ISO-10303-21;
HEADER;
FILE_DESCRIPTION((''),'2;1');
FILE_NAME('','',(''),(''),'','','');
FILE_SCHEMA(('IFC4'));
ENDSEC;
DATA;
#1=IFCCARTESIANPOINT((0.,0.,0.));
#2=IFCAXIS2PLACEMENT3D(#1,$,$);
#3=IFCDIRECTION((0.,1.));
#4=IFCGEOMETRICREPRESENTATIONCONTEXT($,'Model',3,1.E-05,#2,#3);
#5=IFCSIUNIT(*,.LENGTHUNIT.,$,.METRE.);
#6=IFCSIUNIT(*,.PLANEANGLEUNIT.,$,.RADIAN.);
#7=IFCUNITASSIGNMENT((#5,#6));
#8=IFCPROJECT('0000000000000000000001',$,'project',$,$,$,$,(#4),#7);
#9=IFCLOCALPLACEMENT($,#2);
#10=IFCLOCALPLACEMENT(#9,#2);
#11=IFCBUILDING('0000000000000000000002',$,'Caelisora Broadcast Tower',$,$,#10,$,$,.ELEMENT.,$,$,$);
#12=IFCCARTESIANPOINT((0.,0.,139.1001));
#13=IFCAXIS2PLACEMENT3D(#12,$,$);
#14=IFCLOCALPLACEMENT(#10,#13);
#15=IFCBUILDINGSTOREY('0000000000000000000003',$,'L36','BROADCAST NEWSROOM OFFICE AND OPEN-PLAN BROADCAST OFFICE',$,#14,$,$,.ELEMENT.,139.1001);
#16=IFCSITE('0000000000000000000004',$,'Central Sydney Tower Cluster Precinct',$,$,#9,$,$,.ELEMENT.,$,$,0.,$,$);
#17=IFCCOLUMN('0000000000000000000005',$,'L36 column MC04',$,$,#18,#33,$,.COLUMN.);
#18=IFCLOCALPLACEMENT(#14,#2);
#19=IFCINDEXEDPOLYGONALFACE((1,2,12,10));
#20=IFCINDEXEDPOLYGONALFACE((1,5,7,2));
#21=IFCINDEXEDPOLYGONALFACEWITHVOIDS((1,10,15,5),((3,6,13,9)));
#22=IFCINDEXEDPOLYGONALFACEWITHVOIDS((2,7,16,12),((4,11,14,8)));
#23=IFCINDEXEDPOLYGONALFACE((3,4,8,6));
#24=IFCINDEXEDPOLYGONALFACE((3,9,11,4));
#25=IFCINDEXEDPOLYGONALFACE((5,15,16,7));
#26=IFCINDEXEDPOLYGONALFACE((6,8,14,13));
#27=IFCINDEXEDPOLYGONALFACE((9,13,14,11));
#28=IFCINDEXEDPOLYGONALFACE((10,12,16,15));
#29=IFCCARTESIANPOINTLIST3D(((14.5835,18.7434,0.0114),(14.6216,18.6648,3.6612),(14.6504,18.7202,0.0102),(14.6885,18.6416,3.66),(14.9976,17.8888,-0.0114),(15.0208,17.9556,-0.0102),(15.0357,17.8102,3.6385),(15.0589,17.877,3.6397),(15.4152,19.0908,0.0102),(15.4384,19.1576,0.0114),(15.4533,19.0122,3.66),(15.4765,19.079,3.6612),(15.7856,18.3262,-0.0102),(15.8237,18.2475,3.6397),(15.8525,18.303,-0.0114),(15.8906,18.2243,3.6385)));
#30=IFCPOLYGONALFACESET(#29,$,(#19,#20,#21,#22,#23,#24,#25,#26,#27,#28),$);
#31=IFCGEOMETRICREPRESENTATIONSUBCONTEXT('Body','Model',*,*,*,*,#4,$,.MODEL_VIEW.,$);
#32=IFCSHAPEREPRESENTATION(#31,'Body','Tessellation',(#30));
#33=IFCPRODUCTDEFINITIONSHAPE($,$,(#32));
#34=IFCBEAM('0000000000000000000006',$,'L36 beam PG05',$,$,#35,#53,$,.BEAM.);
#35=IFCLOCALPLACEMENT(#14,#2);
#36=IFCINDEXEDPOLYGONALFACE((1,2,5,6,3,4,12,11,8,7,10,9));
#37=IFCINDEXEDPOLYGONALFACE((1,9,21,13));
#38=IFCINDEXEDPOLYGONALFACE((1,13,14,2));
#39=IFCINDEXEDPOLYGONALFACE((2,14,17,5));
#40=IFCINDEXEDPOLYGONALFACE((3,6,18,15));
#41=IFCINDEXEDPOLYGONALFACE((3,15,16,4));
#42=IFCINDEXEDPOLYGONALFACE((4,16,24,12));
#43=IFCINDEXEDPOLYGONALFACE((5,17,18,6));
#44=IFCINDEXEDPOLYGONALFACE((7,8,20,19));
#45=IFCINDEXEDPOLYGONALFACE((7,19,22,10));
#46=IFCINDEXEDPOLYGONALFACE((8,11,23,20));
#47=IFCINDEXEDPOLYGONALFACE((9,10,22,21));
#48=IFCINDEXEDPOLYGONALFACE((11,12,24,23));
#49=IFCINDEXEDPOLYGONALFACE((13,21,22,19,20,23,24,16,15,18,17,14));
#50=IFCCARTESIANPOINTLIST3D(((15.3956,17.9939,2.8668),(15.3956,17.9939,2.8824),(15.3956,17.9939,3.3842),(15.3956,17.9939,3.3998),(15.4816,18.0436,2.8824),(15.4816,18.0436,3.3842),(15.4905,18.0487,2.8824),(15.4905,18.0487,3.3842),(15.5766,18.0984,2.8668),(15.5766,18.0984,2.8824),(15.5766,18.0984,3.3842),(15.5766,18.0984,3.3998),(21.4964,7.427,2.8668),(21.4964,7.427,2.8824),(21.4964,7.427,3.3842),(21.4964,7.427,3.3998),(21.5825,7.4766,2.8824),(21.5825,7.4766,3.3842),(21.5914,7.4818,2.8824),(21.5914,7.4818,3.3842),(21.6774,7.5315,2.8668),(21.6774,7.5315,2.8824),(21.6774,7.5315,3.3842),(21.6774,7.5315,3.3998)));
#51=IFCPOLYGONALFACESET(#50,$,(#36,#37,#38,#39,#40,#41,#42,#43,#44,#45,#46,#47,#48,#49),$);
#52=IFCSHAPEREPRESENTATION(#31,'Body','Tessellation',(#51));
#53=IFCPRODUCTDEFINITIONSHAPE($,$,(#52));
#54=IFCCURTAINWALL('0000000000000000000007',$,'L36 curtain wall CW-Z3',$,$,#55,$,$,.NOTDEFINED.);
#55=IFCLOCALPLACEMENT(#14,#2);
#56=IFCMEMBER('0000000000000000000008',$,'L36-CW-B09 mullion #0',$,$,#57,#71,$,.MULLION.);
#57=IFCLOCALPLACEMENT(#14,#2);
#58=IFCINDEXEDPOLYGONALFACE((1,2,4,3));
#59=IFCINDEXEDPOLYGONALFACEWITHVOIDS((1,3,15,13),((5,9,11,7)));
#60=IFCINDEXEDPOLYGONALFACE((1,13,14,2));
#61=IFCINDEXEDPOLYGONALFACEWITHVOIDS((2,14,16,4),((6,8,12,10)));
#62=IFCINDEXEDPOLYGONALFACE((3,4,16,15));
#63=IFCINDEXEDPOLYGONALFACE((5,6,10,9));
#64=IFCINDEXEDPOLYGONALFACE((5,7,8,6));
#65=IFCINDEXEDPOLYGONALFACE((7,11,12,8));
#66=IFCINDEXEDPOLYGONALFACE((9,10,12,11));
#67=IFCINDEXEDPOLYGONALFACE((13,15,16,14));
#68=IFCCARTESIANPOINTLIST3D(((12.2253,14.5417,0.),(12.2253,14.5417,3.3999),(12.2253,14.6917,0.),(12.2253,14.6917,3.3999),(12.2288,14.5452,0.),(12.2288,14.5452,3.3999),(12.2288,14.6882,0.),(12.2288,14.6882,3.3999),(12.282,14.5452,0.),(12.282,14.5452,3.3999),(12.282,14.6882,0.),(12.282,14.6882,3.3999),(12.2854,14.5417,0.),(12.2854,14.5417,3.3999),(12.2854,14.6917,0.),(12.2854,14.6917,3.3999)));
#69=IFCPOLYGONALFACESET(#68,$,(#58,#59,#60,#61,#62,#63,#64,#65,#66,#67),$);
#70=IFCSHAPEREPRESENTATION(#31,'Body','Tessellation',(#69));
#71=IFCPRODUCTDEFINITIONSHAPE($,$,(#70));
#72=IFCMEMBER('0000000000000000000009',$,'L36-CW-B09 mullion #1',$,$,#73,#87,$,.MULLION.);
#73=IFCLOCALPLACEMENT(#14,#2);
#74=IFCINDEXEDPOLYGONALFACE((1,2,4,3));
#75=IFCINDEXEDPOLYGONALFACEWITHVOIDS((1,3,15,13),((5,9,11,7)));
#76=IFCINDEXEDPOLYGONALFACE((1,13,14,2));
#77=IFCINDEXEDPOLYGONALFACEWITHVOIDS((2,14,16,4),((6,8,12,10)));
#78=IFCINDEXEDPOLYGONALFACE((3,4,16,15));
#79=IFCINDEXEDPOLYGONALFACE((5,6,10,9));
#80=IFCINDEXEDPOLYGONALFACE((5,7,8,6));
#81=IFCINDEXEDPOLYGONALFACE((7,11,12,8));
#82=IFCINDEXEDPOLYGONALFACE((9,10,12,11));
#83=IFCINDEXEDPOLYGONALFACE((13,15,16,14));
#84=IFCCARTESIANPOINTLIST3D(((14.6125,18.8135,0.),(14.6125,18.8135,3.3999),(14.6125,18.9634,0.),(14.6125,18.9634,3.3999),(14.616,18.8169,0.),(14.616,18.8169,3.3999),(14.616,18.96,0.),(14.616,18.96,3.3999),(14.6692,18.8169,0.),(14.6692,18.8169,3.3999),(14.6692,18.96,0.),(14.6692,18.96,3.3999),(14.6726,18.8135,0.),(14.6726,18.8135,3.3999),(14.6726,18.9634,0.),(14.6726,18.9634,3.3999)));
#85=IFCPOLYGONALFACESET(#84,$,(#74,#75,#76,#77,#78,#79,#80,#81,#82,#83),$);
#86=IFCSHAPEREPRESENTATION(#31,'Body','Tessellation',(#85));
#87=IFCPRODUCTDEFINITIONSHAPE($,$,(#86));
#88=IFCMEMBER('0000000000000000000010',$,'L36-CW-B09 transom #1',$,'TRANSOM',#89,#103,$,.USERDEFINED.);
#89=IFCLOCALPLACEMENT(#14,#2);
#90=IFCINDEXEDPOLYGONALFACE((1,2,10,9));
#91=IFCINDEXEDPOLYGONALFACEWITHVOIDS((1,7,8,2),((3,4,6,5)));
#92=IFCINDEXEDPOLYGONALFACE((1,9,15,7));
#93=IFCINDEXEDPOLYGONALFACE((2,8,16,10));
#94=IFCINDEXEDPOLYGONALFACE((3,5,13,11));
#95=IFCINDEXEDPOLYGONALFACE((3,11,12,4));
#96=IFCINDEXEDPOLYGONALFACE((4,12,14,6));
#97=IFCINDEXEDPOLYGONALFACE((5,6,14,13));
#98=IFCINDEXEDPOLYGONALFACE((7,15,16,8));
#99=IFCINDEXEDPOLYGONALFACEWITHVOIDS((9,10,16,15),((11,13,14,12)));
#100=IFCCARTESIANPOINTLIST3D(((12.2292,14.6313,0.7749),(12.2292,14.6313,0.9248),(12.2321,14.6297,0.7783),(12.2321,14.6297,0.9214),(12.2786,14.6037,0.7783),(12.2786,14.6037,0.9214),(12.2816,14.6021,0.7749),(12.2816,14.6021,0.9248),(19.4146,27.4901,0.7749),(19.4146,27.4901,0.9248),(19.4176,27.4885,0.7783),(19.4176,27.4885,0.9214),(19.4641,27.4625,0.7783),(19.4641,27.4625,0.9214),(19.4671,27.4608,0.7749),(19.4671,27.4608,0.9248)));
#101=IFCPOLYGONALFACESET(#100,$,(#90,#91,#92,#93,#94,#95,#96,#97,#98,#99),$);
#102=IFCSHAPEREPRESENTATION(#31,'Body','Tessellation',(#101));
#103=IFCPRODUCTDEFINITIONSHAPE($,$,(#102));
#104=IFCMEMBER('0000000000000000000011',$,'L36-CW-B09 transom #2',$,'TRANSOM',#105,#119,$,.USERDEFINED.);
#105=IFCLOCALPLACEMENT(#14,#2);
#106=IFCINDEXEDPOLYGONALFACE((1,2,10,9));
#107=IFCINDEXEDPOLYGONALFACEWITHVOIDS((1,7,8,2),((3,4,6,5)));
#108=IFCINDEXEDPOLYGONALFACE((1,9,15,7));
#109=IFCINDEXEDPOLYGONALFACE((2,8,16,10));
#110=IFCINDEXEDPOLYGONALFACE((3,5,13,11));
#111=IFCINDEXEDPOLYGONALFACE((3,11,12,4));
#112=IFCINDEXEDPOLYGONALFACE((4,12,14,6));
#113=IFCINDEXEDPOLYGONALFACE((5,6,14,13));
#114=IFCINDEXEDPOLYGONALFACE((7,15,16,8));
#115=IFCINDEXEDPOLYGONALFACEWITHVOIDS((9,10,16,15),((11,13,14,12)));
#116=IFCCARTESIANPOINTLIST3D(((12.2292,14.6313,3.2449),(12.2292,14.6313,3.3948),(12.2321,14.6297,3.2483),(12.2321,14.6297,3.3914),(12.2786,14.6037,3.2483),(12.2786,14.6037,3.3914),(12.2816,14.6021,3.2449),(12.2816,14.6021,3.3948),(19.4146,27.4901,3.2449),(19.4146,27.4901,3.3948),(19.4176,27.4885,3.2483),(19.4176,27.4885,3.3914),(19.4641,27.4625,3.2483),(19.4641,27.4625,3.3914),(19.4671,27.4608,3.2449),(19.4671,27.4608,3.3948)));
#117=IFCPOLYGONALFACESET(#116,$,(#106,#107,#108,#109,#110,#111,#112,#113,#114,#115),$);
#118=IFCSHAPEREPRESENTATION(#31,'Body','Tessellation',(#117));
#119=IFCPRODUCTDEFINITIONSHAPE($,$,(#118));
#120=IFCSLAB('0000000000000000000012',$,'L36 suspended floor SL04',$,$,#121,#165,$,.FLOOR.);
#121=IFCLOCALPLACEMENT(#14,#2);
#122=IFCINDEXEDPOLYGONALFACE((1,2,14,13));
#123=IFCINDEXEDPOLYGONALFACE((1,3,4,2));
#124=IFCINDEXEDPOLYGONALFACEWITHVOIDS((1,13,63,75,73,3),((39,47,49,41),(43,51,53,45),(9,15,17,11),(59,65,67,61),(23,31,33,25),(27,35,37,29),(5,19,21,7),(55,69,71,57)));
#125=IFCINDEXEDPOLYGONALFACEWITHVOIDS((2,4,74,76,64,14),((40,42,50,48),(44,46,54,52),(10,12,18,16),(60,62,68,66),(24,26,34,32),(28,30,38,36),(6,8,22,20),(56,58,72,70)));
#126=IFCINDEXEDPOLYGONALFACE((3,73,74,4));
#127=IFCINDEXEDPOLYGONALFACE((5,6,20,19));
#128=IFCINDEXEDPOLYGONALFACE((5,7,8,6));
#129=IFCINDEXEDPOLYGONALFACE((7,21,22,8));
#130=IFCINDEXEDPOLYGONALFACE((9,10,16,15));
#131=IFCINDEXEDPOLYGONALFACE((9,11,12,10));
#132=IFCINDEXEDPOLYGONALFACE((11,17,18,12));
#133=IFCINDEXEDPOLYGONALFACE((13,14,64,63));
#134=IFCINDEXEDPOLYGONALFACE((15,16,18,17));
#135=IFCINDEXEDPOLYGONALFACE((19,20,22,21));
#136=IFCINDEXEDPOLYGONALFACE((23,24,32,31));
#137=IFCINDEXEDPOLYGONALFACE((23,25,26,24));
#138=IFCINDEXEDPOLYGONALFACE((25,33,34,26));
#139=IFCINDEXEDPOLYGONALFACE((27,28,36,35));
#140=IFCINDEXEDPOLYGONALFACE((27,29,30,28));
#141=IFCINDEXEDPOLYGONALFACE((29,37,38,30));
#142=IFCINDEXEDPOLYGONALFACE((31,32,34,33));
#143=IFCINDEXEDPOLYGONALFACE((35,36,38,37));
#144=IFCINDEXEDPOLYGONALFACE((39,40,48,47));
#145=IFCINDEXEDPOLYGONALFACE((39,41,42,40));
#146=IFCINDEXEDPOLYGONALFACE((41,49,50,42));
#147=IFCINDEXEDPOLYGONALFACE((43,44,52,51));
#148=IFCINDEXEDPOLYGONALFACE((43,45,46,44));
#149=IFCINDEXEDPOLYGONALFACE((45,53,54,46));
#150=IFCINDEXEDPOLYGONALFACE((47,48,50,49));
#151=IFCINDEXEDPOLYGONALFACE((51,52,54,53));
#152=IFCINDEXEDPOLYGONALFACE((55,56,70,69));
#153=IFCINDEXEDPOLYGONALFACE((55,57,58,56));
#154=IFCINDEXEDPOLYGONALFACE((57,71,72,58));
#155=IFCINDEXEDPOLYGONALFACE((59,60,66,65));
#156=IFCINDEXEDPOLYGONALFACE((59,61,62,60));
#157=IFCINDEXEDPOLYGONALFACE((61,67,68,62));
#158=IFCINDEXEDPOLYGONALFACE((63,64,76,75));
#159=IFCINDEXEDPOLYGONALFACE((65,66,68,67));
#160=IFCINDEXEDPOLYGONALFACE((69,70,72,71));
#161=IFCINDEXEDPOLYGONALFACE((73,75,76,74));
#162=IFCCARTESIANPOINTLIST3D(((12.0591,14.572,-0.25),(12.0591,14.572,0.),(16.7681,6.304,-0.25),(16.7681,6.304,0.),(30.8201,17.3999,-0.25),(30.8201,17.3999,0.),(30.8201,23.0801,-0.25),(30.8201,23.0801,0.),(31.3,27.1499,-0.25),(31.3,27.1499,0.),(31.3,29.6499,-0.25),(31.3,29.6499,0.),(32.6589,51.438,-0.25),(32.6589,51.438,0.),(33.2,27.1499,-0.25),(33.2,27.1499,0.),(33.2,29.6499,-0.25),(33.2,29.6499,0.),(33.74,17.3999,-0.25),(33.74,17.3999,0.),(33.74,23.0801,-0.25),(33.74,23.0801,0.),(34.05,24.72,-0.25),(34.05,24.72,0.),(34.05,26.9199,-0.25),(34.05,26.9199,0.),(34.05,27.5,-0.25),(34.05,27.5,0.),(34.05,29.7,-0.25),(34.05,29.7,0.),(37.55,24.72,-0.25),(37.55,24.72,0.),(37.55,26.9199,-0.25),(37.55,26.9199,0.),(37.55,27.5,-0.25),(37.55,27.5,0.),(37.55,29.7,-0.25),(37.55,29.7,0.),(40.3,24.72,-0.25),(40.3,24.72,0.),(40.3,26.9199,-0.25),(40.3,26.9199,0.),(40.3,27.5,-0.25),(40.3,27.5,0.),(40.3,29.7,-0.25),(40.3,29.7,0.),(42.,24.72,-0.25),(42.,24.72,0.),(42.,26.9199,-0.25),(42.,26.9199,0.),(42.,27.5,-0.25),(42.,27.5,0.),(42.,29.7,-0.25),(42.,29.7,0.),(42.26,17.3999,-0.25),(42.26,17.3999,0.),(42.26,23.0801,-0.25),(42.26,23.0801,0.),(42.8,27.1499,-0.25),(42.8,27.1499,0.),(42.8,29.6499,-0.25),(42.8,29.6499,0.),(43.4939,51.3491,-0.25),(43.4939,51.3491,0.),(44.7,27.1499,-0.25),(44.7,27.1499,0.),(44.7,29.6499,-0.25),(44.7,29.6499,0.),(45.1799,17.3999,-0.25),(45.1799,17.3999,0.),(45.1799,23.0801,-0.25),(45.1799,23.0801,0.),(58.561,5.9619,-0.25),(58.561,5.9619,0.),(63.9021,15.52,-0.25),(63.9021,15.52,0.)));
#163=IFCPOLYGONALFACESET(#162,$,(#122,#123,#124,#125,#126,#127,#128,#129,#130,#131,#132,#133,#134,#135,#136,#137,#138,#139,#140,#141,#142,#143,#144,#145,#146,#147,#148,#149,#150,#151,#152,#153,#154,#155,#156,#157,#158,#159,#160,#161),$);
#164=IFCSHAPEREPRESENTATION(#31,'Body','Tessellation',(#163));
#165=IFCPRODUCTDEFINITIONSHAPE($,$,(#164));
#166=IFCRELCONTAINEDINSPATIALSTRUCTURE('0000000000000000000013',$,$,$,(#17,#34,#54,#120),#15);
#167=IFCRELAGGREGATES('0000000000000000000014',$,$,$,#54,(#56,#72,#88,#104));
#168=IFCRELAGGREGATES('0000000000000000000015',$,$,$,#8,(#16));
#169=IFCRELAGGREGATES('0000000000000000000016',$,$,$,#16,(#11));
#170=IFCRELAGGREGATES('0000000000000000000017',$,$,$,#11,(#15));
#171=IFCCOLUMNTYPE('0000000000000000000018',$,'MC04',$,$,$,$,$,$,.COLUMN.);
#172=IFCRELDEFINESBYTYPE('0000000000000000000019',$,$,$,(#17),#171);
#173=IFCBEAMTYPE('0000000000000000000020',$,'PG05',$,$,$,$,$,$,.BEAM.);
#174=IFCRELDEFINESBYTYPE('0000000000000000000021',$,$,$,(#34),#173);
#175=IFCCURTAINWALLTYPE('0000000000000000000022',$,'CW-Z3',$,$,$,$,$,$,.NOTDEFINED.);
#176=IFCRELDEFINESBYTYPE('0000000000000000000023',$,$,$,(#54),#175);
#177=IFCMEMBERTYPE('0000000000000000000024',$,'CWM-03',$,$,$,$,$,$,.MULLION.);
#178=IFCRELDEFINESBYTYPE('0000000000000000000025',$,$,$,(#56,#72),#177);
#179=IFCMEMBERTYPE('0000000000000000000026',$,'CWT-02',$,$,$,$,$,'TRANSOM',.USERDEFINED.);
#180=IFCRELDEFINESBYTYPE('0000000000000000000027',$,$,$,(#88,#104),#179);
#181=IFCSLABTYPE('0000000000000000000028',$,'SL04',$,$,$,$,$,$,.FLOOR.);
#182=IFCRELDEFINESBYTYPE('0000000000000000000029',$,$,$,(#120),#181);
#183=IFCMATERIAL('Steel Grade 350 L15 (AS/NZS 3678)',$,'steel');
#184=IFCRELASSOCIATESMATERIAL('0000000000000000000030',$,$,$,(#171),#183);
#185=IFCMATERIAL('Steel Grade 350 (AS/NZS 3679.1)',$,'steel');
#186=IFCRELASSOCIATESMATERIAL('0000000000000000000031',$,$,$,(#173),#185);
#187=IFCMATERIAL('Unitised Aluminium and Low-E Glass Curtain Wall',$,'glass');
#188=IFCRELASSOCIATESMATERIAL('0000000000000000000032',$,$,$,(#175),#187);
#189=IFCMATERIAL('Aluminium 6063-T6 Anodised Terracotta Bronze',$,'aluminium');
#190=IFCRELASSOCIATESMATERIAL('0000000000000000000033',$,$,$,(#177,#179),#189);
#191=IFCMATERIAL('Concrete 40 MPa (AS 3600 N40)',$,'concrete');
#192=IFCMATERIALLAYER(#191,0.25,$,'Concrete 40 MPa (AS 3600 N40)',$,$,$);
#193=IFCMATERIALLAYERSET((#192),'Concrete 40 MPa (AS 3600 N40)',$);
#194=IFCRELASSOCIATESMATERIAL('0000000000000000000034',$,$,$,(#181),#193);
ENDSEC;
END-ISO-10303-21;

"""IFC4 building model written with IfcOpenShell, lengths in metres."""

from ifc_helpers import new_model, si_unit, direction, frame, origin, origin_2d, place, context, subcontext, project, spatial, polyline, hollow_rectangle, i_section, outline, extrude, source, transform, mapped, material, layer, layer_set, material_profile, profile_set, type_object, type_shapes, element, aggregate, save


model = new_model("IFC4")

# Units and contexts
model_context = context("Model", 3, precision=1e-05, world=origin(), true_north=direction((0.0, 1.0)))
body_context = subcontext(model_context, "Body", "Model", "MODEL_VIEW")
ifc_project = project(units=[si_unit("LENGTHUNIT", "METRE"), si_unit("PLANEANGLEUNIT", "RADIAN")], contexts=[model_context])

# Site, building, storey
site_placement = place(None, origin())
site = spatial("IfcSite", under=ifc_project, at=site_placement, Name="Central Sydney Tower Cluster Precinct", CompositionType="ELEMENT", RefElevation=0.0)
building_placement = place(site_placement, origin())
building = spatial("IfcBuilding", under=site, at=building_placement, Name="Caelisora Broadcast Tower", CompositionType="ELEMENT")
storey_placement = place(building_placement, frame((0.0, 0.0, 139.1001)))
storey = spatial("IfcBuildingStorey", under=building, at=storey_placement, Name="L36", Description="BROADCAST NEWSROOM OFFICE AND OPEN-PLAN BROADCAST OFFICE", CompositionType="ELEMENT", Elevation=139.1001)

# Column
ifc_material_1 = material(Name="Steel Grade 350 L15 (AS/NZS 3678)", Category="steel")
ifc_material_profile_1 = material_profile(ifc_material_1, hollow_rectangle(XDim=0.95, YDim=0.95, WallThickness=0.05, at=origin_2d()), Name="Steel Grade 350 L15 (AS/NZS 3678)")
ifc_profile_set_1 = profile_set([ifc_material_profile_1], Name="Steel Grade 350 L15 (AS/NZS 3678)")
column_type = type_object("IfcColumnType", Name="MC04", PredefinedType="COLUMN", material=ifc_profile_set_1)
shared_shape_1 = source(origin(), body_context, "Body", "SweptSolid", [
    extrude(hollow_rectangle(XDim=0.95, YDim=0.95, WallThickness=0.05, at=origin_2d()), origin(), (0.0, 0.0, 1.0), 3.6509),
])
type_shapes(column_type, [shared_shape_1])
column_placement = place(storey_placement, frame((15.218, 18.5232, 0.0), z_axis=(0.010432, -0.021532, 0.999714), x_axis=(0.899947, 0.435999, 0.0)))
element("IfcColumn", 1, at=column_placement, inside=storey, type_object=column_type, Name="L36 column MC04", PredefinedType="COLUMN", context=body_context, shape_type="MappedRepresentation", body=[
    mapped(shared_shape_1, transform((0.0, 0.0, 0.0), scale=1.0)),
])

# Beam
ifc_material_2 = material(Name="Steel Grade 350 (AS/NZS 3679.1)", Category="steel")
ifc_material_profile_2 = material_profile(ifc_material_2, i_section(OverallWidth=0.209, OverallDepth=0.533, WebThickness=0.0103, FlangeThickness=0.0156, at=origin_2d()), Name="Steel Grade 350 (AS/NZS 3679.1)")
ifc_profile_set_2 = profile_set([ifc_material_profile_2], Name="Steel Grade 350 (AS/NZS 3679.1)")
beam_type = type_object("IfcBeamType", Name="PG05", PredefinedType="BEAM", material=ifc_profile_set_2)
shared_shape_2 = source(origin(), body_context, "Body", "SweptSolid", [
    extrude(i_section(OverallWidth=0.209, OverallDepth=0.533, WebThickness=0.0103, FlangeThickness=0.0156, at=origin_2d()), origin(), (0.0, 0.0, 1.0), 12.2017),
])
type_shapes(beam_type, [shared_shape_2])
beam_placement = place(storey_placement, frame((15.4861, 18.0461, 3.1333), z_axis=(0.500002, -0.866024, 0.0), x_axis=(0.866024, 0.500002, 0.0)))
element("IfcBeam", 2, at=beam_placement, inside=storey, type_object=beam_type, Name="L36 beam PG05", PredefinedType="BEAM", context=body_context, shape_type="MappedRepresentation", body=[
    mapped(shared_shape_2, transform((0.0, 0.0, 0.0), scale=1.0)),
])

# Curtain wall, members
ifc_material_3 = material(Name="Unitised Aluminium and Low-E Glass Curtain Wall", Category="glass")
curtain_wall_type = type_object("IfcCurtainWallType", Name="CW-Z3", PredefinedType="NOTDEFINED", material=ifc_material_3)
curtain_wall_placement = place(storey_placement, origin())
curtain_wall = element("IfcCurtainWall", 3, at=curtain_wall_placement, inside=storey, type_object=curtain_wall_type, Name="L36 curtain wall CW-Z3", PredefinedType="NOTDEFINED")
ifc_material_4 = material(Name="Aluminium 6063-T6 Anodised Terracotta Bronze", Category="aluminium")
ifc_material_profile_3 = material_profile(ifc_material_4, hollow_rectangle(XDim=0.0601, YDim=0.1499, WallThickness=0.0034, at=origin_2d()), Name="Aluminium 6063-T6 Anodised Terracotta Bronze")
ifc_profile_set_3 = profile_set([ifc_material_profile_3], Name="Aluminium 6063-T6 Anodised Terracotta Bronze")
member_type_1 = type_object("IfcMemberType", Name="CWM-03", PredefinedType="MULLION", material=ifc_profile_set_3)
shared_shape_3 = source(origin(), body_context, "Body", "SweptSolid", [
    extrude(hollow_rectangle(XDim=0.0601, YDim=0.1499, WallThickness=0.0034, at=origin_2d()), origin(), (0.0, 0.0, 1.0), 3.3999),
])
type_shapes(member_type_1, [shared_shape_3])
member_1_placement = place(storey_placement, frame((12.2554, 14.6167, 0.0), z_axis=(0.0, 0.0, 1.0), x_axis=(1.0, 0.0, 0.0)))
member_1 = element("IfcMember", 4, at=member_1_placement, type_object=member_type_1, Name="L36-CW-B09 mullion #0", PredefinedType="MULLION", context=body_context, shape_type="MappedRepresentation", body=[
    mapped(shared_shape_3, transform((0.0, 0.0, 0.0), scale=1.0)),
])
member_2_placement = place(storey_placement, frame((14.6426, 18.8884, 0.0), z_axis=(0.0, 0.0, 1.0), x_axis=(1.0, 0.0, 0.0)))
member_2 = element("IfcMember", 5, at=member_2_placement, type_object=member_type_1, Name="L36-CW-B09 mullion #1", PredefinedType="MULLION", context=body_context, shape_type="MappedRepresentation", body=[
    mapped(shared_shape_3, transform((0.0, 0.0, 0.0), scale=1.0)),
])
ifc_material_profile_4 = material_profile(ifc_material_4, hollow_rectangle(XDim=0.0601, YDim=0.1499, WallThickness=0.0034, at=origin_2d()), Name="Aluminium 6063-T6 Anodised Terracotta Bronze")
ifc_profile_set_4 = profile_set([ifc_material_profile_4], Name="Aluminium 6063-T6 Anodised Terracotta Bronze")
member_type_2 = type_object("IfcMemberType", Name="CWT-02", ElementType="TRANSOM", PredefinedType="USERDEFINED", material=ifc_profile_set_4)
shared_shape_4 = source(origin(), body_context, "Body", "SweptSolid", [
    extrude(hollow_rectangle(XDim=0.0601, YDim=0.1499, WallThickness=0.0034, at=origin_2d()), origin(), (0.0, 0.0, 1.0), 14.7302),
])
type_shapes(member_type_2, [shared_shape_4])
member_3_placement = place(storey_placement, frame((12.2554, 14.6167, 0.8499), z_axis=(0.487806, 0.872952, 0.0), x_axis=(-0.872952, 0.487806, 0.0)))
member_3 = element("IfcMember", 6, at=member_3_placement, type_object=member_type_2, Name="L36-CW-B09 transom #1", ObjectType="TRANSOM", PredefinedType="USERDEFINED", context=body_context, shape_type="MappedRepresentation", body=[
    mapped(shared_shape_4, transform((0.0, 0.0, 0.0), scale=1.0)),
])
member_4_placement = place(storey_placement, frame((12.2554, 14.6167, 3.3198), z_axis=(0.487806, 0.872952, 0.0), x_axis=(-0.872952, 0.487806, 0.0)))
member_4 = element("IfcMember", 7, at=member_4_placement, type_object=member_type_2, Name="L36-CW-B09 transom #2", ObjectType="TRANSOM", PredefinedType="USERDEFINED", context=body_context, shape_type="MappedRepresentation", body=[
    mapped(shared_shape_4, transform((0.0, 0.0, 0.0), scale=1.0)),
])

# Slab
ifc_material_5 = material(Name="Concrete 40 MPa (AS 3600 N40)", Category="concrete")
ifc_layer_1 = layer(ifc_material_5, 0.25, Name="Concrete 40 MPa (AS 3600 N40)")
ifc_layer_set_1 = layer_set([ifc_layer_1], Name="Concrete 40 MPa (AS 3600 N40)")
slab_type_1 = type_object("IfcSlabType", Name="SL04", PredefinedType="FLOOR", material=ifc_layer_set_1)
slab_1_placement = place(storey_placement, frame((0.0, 0.0, -0.25)))
element("IfcSlab", 8, at=slab_1_placement, inside=storey, type_object=slab_type_1, Name="L36 suspended floor SL04", PredefinedType="FLOOR", context=body_context, shape_type="SweptSolid", body=[
    extrude(outline(polyline([(43.4939, 51.3491), (32.6589, 51.438), (12.0591, 14.572), (16.7681, 6.304), (58.561, 5.9619), (63.9021, 15.52), (43.4939, 51.3491)]), holes=[polyline([(30.8201, 17.3999), (33.74, 17.3999), (33.74, 23.0801), (30.8201, 23.0801), (30.8201, 17.3999)]), polyline([(42.26, 17.3999), (45.1799, 17.3999), (45.1799, 23.0801), (42.26, 23.0801), (42.26, 17.3999)]), polyline([(42.8, 27.1499), (44.7, 27.1499), (44.7, 29.6499), (42.8, 29.6499), (42.8, 27.1499)]), polyline([(40.3, 24.72), (42.0, 24.72), (42.0, 26.9199), (40.3, 26.9199), (40.3, 24.72)]), polyline([(40.3, 27.5), (42.0, 27.5), (42.0, 29.7), (40.3, 29.7), (40.3, 27.5)]), polyline([(34.05, 24.72), (37.55, 24.72), (37.55, 26.9199), (34.05, 26.9199), (34.05, 24.72)]), polyline([(34.05, 27.5), (37.55, 27.5), (37.55, 29.7), (34.05, 29.7), (34.05, 27.5)]), polyline([(31.3, 27.1499), (33.2, 27.1499), (33.2, 29.6499), (31.3, 29.6499), (31.3, 27.1499)])]), origin(), (0.0, 0.0, 1.0), 0.25),
])

aggregate(curtain_wall, [member_1, member_2, member_3, member_4])

save(model, "model.ifc")
